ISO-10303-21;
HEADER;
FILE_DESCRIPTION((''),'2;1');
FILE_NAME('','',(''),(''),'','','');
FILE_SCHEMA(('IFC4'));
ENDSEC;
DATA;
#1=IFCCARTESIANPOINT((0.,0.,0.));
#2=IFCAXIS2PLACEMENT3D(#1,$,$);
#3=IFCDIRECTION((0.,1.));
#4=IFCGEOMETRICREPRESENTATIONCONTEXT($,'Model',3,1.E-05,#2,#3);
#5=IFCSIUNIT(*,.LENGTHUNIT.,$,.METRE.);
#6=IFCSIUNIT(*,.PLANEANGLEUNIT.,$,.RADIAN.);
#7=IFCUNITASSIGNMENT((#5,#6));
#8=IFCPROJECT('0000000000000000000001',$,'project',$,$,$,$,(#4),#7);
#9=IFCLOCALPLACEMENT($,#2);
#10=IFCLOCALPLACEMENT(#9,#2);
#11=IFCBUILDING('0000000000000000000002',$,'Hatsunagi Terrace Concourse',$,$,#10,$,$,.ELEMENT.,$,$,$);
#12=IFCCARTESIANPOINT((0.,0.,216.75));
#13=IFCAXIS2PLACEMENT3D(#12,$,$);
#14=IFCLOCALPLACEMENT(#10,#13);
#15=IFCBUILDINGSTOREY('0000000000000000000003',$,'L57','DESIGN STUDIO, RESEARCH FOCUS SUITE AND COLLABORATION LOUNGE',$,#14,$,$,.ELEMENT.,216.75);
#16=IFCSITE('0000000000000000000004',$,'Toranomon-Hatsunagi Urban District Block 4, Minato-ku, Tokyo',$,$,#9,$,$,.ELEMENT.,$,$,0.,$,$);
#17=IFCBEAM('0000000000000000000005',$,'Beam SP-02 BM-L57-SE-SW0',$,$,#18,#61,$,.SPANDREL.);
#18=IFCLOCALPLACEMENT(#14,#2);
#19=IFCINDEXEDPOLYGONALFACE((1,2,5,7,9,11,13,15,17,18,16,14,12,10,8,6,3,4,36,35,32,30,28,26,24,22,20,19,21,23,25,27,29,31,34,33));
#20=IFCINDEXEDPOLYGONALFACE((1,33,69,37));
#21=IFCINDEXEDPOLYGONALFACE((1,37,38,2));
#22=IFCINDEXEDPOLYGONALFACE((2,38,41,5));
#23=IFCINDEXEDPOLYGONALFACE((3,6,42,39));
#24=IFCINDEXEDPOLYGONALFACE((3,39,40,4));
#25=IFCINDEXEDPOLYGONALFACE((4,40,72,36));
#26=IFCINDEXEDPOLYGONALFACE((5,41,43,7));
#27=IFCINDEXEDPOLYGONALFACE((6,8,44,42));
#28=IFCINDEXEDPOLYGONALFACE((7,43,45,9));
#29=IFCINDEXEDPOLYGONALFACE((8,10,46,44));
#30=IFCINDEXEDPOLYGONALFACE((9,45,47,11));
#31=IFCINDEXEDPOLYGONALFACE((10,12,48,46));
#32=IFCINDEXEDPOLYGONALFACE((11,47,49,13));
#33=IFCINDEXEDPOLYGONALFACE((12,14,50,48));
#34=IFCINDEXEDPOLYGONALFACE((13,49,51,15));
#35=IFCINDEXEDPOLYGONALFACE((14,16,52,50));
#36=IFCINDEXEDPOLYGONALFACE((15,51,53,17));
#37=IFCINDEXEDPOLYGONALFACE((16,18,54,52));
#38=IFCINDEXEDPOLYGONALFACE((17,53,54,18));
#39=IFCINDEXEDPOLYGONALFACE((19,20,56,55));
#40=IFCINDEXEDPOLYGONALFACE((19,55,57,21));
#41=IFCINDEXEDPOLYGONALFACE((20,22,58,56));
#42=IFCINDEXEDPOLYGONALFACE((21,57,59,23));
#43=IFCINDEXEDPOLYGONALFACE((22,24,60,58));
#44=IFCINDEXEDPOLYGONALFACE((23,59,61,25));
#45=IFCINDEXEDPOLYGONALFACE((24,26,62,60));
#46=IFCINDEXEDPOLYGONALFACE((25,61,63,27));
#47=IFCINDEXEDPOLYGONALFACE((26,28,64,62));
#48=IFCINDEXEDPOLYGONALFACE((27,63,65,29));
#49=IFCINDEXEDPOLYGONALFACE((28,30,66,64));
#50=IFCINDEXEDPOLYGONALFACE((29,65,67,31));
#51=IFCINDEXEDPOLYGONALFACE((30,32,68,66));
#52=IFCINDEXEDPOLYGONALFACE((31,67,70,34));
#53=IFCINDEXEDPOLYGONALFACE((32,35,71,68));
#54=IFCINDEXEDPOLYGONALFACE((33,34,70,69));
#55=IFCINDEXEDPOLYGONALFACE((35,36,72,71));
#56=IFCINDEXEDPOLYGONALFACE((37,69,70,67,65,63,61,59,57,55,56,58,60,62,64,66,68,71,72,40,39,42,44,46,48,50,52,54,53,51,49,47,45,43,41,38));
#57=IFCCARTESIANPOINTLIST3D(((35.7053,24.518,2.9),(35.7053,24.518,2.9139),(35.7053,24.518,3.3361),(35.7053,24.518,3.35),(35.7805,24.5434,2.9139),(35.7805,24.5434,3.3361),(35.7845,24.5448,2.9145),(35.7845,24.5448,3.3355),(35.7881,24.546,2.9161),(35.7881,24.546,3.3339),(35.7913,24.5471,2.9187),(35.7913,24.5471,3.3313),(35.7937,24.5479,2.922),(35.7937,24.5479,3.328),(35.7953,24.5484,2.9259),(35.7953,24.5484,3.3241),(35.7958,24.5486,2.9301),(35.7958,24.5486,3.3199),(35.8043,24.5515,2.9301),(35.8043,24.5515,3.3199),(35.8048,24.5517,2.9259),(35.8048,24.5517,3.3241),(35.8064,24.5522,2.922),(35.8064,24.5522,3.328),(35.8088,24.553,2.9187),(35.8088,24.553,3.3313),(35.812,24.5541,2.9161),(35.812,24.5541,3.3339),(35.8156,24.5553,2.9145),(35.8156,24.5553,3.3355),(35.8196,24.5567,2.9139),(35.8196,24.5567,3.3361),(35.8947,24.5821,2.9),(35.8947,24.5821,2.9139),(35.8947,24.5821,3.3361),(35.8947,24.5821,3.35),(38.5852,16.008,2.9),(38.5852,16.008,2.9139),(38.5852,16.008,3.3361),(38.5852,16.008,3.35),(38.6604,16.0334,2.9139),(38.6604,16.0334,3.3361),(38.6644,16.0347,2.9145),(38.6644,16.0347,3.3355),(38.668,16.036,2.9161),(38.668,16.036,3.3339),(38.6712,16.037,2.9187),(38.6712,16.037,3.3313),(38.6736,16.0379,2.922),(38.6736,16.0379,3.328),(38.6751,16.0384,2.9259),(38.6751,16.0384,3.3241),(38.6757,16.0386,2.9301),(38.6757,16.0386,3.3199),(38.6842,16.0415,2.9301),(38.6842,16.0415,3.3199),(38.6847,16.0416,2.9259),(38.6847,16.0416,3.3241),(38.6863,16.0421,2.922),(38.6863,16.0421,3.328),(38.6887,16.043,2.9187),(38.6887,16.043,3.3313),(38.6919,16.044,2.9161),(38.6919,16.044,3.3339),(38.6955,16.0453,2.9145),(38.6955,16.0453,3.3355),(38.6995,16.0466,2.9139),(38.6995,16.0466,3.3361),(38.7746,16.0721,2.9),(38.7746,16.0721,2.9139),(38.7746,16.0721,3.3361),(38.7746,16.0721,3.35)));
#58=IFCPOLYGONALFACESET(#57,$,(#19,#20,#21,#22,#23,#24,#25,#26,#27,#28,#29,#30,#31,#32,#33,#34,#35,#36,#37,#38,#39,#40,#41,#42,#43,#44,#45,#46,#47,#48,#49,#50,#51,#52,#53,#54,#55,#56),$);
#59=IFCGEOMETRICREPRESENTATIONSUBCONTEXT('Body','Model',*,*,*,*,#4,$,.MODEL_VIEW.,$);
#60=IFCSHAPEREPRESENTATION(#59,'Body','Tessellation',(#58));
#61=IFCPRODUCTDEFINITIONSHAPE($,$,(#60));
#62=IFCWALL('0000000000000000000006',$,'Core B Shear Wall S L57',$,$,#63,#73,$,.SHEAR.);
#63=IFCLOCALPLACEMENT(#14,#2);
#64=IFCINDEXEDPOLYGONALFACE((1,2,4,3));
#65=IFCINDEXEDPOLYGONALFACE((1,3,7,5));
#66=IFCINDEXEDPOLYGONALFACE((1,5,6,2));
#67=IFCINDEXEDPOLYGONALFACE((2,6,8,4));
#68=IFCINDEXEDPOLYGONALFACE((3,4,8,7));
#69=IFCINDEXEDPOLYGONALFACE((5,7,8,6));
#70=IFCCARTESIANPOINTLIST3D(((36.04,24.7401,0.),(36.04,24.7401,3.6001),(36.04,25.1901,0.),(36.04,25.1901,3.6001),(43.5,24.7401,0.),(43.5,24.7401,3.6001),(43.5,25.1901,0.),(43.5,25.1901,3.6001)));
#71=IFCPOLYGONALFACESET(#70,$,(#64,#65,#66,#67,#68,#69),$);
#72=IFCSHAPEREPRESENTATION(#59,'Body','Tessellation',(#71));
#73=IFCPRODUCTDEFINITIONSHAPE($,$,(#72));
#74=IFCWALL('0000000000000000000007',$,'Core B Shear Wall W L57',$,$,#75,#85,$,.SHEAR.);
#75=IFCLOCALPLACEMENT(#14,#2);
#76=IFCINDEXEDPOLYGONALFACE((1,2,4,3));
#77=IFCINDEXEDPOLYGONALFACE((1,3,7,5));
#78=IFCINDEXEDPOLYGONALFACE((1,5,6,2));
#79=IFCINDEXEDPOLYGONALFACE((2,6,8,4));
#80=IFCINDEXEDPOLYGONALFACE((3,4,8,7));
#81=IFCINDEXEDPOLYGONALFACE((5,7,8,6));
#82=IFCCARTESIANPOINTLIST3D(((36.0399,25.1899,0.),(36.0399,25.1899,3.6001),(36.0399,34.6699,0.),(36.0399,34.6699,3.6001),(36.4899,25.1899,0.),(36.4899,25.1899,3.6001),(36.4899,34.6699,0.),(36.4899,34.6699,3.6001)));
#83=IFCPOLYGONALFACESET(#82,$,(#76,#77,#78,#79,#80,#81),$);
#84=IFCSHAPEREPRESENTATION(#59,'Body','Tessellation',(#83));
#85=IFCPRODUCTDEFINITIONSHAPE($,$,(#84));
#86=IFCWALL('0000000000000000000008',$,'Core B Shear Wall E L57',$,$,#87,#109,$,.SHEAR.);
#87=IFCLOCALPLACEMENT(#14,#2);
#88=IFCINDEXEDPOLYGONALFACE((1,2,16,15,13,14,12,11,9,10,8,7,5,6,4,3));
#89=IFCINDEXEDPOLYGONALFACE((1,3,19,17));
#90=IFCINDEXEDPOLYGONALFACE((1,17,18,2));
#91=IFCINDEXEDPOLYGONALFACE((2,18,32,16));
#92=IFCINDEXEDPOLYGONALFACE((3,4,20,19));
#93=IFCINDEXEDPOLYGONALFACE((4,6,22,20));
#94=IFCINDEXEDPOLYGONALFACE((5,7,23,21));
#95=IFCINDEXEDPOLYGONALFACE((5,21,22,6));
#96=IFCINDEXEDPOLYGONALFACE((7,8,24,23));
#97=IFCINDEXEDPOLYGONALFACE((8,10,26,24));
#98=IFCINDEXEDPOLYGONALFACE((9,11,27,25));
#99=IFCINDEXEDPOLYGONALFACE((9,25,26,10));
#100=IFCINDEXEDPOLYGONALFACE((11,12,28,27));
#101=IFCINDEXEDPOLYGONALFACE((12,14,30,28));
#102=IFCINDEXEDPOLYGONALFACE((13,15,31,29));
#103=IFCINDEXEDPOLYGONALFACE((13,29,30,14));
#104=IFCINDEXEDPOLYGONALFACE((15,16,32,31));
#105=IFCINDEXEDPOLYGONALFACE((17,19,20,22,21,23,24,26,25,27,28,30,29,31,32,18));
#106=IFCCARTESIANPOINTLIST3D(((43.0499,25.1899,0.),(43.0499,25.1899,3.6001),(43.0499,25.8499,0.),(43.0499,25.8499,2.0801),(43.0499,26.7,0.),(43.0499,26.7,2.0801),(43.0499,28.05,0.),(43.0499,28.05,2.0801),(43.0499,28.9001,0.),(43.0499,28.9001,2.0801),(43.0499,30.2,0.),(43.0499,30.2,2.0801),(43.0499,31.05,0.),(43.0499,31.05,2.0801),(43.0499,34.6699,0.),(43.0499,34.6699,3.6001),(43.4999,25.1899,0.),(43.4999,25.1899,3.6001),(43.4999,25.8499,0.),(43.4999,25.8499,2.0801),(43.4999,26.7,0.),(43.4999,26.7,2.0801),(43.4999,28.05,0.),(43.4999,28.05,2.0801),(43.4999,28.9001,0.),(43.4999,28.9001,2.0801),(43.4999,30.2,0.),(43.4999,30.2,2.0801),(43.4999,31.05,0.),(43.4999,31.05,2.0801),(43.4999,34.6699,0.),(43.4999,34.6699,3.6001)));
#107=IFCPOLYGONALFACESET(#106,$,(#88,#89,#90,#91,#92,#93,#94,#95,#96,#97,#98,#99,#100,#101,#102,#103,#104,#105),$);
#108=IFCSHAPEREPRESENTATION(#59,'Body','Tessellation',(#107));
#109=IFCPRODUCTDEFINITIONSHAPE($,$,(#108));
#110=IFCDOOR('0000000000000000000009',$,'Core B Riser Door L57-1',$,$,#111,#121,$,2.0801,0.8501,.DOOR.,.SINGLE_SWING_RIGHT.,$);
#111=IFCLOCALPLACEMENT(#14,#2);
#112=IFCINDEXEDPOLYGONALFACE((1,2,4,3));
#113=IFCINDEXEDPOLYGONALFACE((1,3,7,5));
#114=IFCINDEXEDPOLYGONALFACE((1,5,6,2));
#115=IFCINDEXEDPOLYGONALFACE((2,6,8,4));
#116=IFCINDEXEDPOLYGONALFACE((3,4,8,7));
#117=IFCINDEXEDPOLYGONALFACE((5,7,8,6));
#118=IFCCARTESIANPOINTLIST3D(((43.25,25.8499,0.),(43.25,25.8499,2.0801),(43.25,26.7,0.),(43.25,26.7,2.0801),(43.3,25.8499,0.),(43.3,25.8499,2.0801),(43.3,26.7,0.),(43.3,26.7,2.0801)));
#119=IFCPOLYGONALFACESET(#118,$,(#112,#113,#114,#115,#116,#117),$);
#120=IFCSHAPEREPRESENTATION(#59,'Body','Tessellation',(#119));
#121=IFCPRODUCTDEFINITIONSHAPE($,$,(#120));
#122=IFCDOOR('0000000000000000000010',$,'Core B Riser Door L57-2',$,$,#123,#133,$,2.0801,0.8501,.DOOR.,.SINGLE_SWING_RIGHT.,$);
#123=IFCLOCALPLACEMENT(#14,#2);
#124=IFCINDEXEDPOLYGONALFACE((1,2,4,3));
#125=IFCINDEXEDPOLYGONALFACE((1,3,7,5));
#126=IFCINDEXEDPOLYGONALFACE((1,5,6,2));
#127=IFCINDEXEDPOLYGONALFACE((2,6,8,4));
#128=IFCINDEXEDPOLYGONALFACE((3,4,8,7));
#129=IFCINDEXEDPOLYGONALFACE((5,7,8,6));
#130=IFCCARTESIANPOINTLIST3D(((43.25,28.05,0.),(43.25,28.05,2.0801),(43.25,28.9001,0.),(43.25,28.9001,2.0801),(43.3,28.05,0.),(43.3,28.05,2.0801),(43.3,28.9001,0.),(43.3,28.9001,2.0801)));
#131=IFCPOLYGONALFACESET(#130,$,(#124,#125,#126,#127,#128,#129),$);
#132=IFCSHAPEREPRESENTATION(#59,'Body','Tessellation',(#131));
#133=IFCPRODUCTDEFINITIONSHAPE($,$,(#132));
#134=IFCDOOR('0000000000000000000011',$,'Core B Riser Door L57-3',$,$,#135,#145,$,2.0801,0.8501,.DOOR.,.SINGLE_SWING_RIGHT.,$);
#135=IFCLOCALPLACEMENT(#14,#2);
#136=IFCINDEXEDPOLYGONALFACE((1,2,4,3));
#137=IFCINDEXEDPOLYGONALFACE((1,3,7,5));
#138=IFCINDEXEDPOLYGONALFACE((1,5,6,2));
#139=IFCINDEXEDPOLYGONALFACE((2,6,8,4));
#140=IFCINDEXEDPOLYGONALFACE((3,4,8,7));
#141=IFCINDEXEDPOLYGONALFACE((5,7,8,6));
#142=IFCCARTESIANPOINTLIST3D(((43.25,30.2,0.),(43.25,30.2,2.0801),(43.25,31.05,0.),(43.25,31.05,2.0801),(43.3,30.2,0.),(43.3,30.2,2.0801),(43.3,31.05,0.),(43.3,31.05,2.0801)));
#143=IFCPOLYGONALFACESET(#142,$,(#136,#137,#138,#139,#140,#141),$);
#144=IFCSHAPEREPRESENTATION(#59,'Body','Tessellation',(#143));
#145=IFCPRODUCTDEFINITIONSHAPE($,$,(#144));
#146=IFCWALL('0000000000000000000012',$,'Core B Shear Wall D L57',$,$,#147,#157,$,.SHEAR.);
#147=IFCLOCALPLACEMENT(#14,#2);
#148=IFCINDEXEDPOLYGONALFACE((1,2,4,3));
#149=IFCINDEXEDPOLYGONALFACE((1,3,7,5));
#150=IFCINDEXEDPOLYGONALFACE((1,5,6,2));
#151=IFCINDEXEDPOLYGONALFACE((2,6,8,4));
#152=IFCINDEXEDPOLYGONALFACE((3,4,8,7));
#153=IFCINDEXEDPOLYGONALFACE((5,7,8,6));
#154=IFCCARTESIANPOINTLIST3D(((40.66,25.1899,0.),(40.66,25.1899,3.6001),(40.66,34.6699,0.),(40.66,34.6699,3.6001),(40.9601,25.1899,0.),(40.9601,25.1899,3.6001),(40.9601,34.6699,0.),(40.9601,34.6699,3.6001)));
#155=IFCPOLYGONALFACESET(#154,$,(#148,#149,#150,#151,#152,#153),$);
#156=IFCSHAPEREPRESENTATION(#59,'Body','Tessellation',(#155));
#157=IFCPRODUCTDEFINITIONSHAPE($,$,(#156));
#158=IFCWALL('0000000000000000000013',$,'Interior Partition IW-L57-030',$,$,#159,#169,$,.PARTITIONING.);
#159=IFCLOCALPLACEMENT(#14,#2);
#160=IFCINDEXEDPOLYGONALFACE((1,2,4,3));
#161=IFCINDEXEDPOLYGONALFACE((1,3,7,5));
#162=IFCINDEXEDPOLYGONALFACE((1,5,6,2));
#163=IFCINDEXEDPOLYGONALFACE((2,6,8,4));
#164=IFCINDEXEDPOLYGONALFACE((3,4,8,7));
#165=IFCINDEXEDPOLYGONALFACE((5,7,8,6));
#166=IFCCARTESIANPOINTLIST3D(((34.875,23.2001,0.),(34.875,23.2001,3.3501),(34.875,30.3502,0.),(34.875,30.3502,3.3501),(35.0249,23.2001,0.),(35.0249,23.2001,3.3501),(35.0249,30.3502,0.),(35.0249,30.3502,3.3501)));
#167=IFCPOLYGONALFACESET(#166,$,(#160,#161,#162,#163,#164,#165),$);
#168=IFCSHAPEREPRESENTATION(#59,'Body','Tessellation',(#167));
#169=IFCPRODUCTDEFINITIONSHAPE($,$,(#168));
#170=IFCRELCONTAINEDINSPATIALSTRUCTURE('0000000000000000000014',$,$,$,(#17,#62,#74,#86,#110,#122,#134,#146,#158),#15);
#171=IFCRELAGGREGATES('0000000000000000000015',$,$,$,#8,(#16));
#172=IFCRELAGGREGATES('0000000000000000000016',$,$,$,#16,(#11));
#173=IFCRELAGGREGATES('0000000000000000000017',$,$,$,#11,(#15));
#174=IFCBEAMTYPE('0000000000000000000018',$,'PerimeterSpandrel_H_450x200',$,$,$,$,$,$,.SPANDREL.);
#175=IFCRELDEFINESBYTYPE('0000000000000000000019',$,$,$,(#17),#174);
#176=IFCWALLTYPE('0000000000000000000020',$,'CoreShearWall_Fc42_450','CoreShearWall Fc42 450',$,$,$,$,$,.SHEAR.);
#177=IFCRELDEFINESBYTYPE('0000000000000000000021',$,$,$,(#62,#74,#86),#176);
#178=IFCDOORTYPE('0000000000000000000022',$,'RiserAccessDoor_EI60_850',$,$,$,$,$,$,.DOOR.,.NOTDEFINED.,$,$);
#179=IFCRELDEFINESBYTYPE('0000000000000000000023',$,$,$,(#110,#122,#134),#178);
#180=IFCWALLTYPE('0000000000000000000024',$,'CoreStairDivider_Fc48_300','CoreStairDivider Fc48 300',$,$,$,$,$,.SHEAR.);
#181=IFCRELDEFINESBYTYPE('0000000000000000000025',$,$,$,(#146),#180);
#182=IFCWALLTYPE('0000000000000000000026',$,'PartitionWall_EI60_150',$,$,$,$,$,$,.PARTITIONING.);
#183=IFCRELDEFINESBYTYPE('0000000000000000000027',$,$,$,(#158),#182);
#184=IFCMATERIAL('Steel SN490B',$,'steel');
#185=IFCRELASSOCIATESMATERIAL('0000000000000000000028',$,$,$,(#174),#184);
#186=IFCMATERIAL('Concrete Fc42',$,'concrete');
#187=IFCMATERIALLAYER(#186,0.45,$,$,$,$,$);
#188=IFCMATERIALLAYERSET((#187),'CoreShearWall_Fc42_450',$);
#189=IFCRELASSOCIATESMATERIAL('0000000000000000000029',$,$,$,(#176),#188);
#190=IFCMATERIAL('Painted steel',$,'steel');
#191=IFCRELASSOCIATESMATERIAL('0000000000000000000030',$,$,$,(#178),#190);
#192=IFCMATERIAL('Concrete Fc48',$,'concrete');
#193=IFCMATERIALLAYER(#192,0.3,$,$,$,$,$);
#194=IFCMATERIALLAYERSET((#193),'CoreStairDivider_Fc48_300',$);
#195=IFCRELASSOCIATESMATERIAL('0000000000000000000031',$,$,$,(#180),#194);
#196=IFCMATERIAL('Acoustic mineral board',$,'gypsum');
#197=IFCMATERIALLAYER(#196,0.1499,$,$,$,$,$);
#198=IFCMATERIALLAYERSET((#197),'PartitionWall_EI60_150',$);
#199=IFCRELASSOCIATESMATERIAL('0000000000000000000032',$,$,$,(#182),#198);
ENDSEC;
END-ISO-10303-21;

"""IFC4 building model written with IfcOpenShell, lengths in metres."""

from ifc_helpers import new_model, si_unit, direction, frame, frame_2d, origin, origin_2d, place, context, subcontext, project, spatial, rectangle, i_section, extrude, material, layer, layer_set, material_profile, profile_set, type_object, element, fill, save


model = new_model("IFC4")

# Units and contexts
model_context = context("Model", 3, precision=1e-05, world=origin(), true_north=direction((0.0, 1.0)))
body_context = subcontext(model_context, "Body", "Model", "MODEL_VIEW")
ifc_project = project(units=[si_unit("LENGTHUNIT", "METRE"), si_unit("PLANEANGLEUNIT", "RADIAN")], contexts=[model_context])

# Site, building, storey
site_placement = place(None, origin())
site = spatial("IfcSite", under=ifc_project, at=site_placement, Name="Toranomon-Hatsunagi Urban District Block 4, Minato-ku, Tokyo", CompositionType="ELEMENT", RefElevation=0.0)
building_placement = place(site_placement, origin())
building = spatial("IfcBuilding", under=site, at=building_placement, Name="Hatsunagi Terrace Concourse", CompositionType="ELEMENT")
storey_placement = place(building_placement, frame((0.0, 0.0, 216.75)))
storey = spatial("IfcBuildingStorey", under=building, at=storey_placement, Name="L57", Description="DESIGN STUDIO, RESEARCH FOCUS SUITE AND COLLABORATION LOUNGE", CompositionType="ELEMENT", Elevation=216.75)

# Beam
ifc_material_1 = material(Name="Steel SN490B", Category="steel")
ifc_material_profile_1 = material_profile(ifc_material_1, i_section(OverallWidth=0.2, OverallDepth=0.45, WebThickness=0.009, FlangeThickness=0.0139, FilletRadius=0.0161, at=origin_2d()), Name="H-450x200x9x14")
ifc_profile_set_1 = profile_set([ifc_material_profile_1], Name="Steel SN490B")
beam_type_1 = type_object("IfcBeamType", Name="PerimeterSpandrel_H_450x200", PredefinedType="SPANDREL", material=ifc_profile_set_1)
beam_1_placement = place(storey_placement, frame((35.8, 24.55, 3.125), z_axis=(0.320553, -0.94723, 0.0), x_axis=(0.94723, 0.320553, 0.0)))
element("IfcBeam", 1, at=beam_1_placement, inside=storey, type_object=beam_type_1, Name="Beam SP-02 BM-L57-SE-SW0", PredefinedType="SPANDREL", context=body_context, shape_type="SweptSolid", body=[
    extrude(i_section(OverallWidth=0.2, OverallDepth=0.45, WebThickness=0.009, FlangeThickness=0.0139, FilletRadius=0.0161, at=origin_2d()), origin(), (0.0, 0.0, 1.0), 8.9841),
])

# Walls
ifc_material_2 = material(Name="Concrete Fc42", Category="concrete")
ifc_layer_1 = layer(ifc_material_2, 0.45)
ifc_layer_set_1 = layer_set([ifc_layer_1], Name="CoreShearWall_Fc42_450")
wall_type_1 = type_object("IfcWallType", Name="CoreShearWall_Fc42_450", Description="CoreShearWall Fc42 450", PredefinedType="SHEAR", material=ifc_layer_set_1)
wall_1_placement = place(storey_placement, frame((36.04, 24.9651, 0.0), z_axis=(0.0, 0.0, 1.0), x_axis=(1.0, 0.0, 0.0)))
element("IfcWall", 2, at=wall_1_placement, inside=storey, type_object=wall_type_1, Name="Core B Shear Wall S L57", PredefinedType="SHEAR", context=body_context, shape_type="SweptSolid", body=[
    extrude(rectangle(XDim=7.46, YDim=0.45, at=frame_2d((3.73, 0.0))), origin(), (0.0, 0.0, 1.0), 3.6001),
])
wall_2_placement = place(storey_placement, frame((36.2649, 25.1899, 0.0), z_axis=(0.0, 0.0, 1.0), x_axis=(0.0, 1.0, 0.0)))
element("IfcWall", 3, at=wall_2_placement, inside=storey, type_object=wall_type_1, Name="Core B Shear Wall W L57", PredefinedType="SHEAR", context=body_context, shape_type="SweptSolid", body=[
    extrude(rectangle(XDim=9.48, YDim=0.45, at=frame_2d((4.74, 0.0))), origin(), (0.0, 0.0, 1.0), 3.6001),
])

# Wall, openings, doors
wall_3_placement = place(storey_placement, frame((43.2749, 25.1899, 0.0), z_axis=(0.0, 0.0, 1.0), x_axis=(0.0, 1.0, 0.0)))
wall_3 = element("IfcWall", 4, at=wall_3_placement, inside=storey, type_object=wall_type_1, Name="Core B Shear Wall E L57", PredefinedType="SHEAR", context=body_context, shape_type="SweptSolid", body=[
    extrude(rectangle(XDim=9.48, YDim=0.45, at=frame_2d((4.74, 0.0))), origin(), (0.0, 0.0, 1.0), 3.6001),
])
opening_1_placement = place(wall_3_placement, frame((0.6599, 0.0, 0.0)))
opening_1 = element("IfcOpeningElement", 5, at=opening_1_placement, cuts=wall_3, PredefinedType="OPENING", context=body_context, shape_type="SweptSolid", body=[
    extrude(rectangle(XDim=0.8501, YDim=2.0801, at=frame_2d((0.425, 1.04))), frame((0.0, 0.2349, 0.0), z_axis=(0.0, -1.0, 0.0), x_axis=(1.0, 0.0, 0.0)), (0.0, 0.0, 1.0), 0.47),
])
opening_2_placement = place(wall_3_placement, frame((2.8601, 0.0, 0.0)))
opening_2 = element("IfcOpeningElement", 6, at=opening_2_placement, cuts=wall_3, PredefinedType="OPENING", context=body_context, shape_type="SweptSolid", body=[
    extrude(rectangle(XDim=0.8501, YDim=2.0801, at=frame_2d((0.425, 1.04))), frame((0.0, 0.2349, 0.0), z_axis=(0.0, -1.0, 0.0), x_axis=(1.0, 0.0, 0.0)), (0.0, 0.0, 1.0), 0.47),
])
opening_3_placement = place(wall_3_placement, frame((5.01, 0.0, 0.0)))
opening_3 = element("IfcOpeningElement", 7, at=opening_3_placement, cuts=wall_3, PredefinedType="OPENING", context=body_context, shape_type="SweptSolid", body=[
    extrude(rectangle(XDim=0.8501, YDim=2.0801, at=frame_2d((0.425, 1.04))), frame((0.0, 0.2349, 0.0), z_axis=(0.0, -1.0, 0.0), x_axis=(1.0, 0.0, 0.0)), (0.0, 0.0, 1.0), 0.47),
])
ifc_material_3 = material(Name="Painted steel", Category="steel")
door_type_1 = type_object("IfcDoorType", Name="RiserAccessDoor_EI60_850", OperationType="NOTDEFINED", PredefinedType="DOOR", material=ifc_material_3)
door_1_placement = place(opening_1_placement, origin())
door_1 = element("IfcDoor", 8, at=door_1_placement, inside=storey, type_object=door_type_1, Name="Core B Riser Door L57-1", OperationType="SINGLE_SWING_RIGHT", OverallHeight=2.0801, OverallWidth=0.8501, PredefinedType="DOOR", context=body_context, shape_type="SweptSolid", body=[
    extrude(rectangle(XDim=0.8501, YDim=2.0801, at=frame_2d((0.425, 1.04))), frame((0.0, 0.0249, 0.0), z_axis=(0.0, -1.0, 0.0), x_axis=(1.0, 0.0, 0.0)), (0.0, 0.0, 1.0), 0.05),
])
fill(opening_1, door_1)
door_2_placement = place(opening_2_placement, origin())
door_2 = element("IfcDoor", 9, at=door_2_placement, inside=storey, type_object=door_type_1, Name="Core B Riser Door L57-2", OperationType="SINGLE_SWING_RIGHT", OverallHeight=2.0801, OverallWidth=0.8501, PredefinedType="DOOR", context=body_context, shape_type="SweptSolid", body=[
    extrude(rectangle(XDim=0.8501, YDim=2.0801, at=frame_2d((0.425, 1.04))), frame((0.0, 0.0249, 0.0), z_axis=(0.0, -1.0, 0.0), x_axis=(1.0, 0.0, 0.0)), (0.0, 0.0, 1.0), 0.05),
])
fill(opening_2, door_2)
door_3_placement = place(opening_3_placement, origin())
door_3 = element("IfcDoor", 10, at=door_3_placement, inside=storey, type_object=door_type_1, Name="Core B Riser Door L57-3", OperationType="SINGLE_SWING_RIGHT", OverallHeight=2.0801, OverallWidth=0.8501, PredefinedType="DOOR", context=body_context, shape_type="SweptSolid", body=[
    extrude(rectangle(XDim=0.8501, YDim=2.0801, at=frame_2d((0.425, 1.04))), frame((0.0, 0.0249, 0.0), z_axis=(0.0, -1.0, 0.0), x_axis=(1.0, 0.0, 0.0)), (0.0, 0.0, 1.0), 0.05),
])
fill(opening_3, door_3)

# Walls
ifc_material_4 = material(Name="Concrete Fc48", Category="concrete")
ifc_layer_2 = layer(ifc_material_4, 0.3)
ifc_layer_set_2 = layer_set([ifc_layer_2], Name="CoreStairDivider_Fc48_300")
wall_type_2 = type_object("IfcWallType", Name="CoreStairDivider_Fc48_300", Description="CoreStairDivider Fc48 300", PredefinedType="SHEAR", material=ifc_layer_set_2)
wall_4_placement = place(storey_placement, frame((40.8101, 25.1899, 0.0), z_axis=(0.0, 0.0, 1.0), x_axis=(0.0, 1.0, 0.0)))
element("IfcWall", 11, at=wall_4_placement, inside=storey, type_object=wall_type_2, Name="Core B Shear Wall D L57", PredefinedType="SHEAR", context=body_context, shape_type="SweptSolid", body=[
    extrude(rectangle(XDim=9.48, YDim=0.3, at=frame_2d((4.74, 0.0))), origin(), (0.0, 0.0, 1.0), 3.6001),
])
ifc_material_5 = material(Name="Acoustic mineral board", Category="gypsum")
ifc_layer_3 = layer(ifc_material_5, 0.1499)
ifc_layer_set_3 = layer_set([ifc_layer_3], Name="PartitionWall_EI60_150")
wall_type_3 = type_object("IfcWallType", Name="PartitionWall_EI60_150", PredefinedType="PARTITIONING", material=ifc_layer_set_3)
wall_5_placement = place(storey_placement, frame((34.95, 23.2, 0.0), z_axis=(0.0, 0.0, 1.0), x_axis=(0.0, 1.0, 0.0)))
element("IfcWall", 12, at=wall_5_placement, inside=storey, type_object=wall_type_3, Name="Interior Partition IW-L57-030", PredefinedType="PARTITIONING", context=body_context, shape_type="SweptSolid", body=[
    extrude(rectangle(XDim=7.1501, YDim=0.1499, at=frame_2d((3.5752, 0.0))), origin(), (0.0, 0.0, 1.0), 3.3501),
])

save(model, "model.ifc")
